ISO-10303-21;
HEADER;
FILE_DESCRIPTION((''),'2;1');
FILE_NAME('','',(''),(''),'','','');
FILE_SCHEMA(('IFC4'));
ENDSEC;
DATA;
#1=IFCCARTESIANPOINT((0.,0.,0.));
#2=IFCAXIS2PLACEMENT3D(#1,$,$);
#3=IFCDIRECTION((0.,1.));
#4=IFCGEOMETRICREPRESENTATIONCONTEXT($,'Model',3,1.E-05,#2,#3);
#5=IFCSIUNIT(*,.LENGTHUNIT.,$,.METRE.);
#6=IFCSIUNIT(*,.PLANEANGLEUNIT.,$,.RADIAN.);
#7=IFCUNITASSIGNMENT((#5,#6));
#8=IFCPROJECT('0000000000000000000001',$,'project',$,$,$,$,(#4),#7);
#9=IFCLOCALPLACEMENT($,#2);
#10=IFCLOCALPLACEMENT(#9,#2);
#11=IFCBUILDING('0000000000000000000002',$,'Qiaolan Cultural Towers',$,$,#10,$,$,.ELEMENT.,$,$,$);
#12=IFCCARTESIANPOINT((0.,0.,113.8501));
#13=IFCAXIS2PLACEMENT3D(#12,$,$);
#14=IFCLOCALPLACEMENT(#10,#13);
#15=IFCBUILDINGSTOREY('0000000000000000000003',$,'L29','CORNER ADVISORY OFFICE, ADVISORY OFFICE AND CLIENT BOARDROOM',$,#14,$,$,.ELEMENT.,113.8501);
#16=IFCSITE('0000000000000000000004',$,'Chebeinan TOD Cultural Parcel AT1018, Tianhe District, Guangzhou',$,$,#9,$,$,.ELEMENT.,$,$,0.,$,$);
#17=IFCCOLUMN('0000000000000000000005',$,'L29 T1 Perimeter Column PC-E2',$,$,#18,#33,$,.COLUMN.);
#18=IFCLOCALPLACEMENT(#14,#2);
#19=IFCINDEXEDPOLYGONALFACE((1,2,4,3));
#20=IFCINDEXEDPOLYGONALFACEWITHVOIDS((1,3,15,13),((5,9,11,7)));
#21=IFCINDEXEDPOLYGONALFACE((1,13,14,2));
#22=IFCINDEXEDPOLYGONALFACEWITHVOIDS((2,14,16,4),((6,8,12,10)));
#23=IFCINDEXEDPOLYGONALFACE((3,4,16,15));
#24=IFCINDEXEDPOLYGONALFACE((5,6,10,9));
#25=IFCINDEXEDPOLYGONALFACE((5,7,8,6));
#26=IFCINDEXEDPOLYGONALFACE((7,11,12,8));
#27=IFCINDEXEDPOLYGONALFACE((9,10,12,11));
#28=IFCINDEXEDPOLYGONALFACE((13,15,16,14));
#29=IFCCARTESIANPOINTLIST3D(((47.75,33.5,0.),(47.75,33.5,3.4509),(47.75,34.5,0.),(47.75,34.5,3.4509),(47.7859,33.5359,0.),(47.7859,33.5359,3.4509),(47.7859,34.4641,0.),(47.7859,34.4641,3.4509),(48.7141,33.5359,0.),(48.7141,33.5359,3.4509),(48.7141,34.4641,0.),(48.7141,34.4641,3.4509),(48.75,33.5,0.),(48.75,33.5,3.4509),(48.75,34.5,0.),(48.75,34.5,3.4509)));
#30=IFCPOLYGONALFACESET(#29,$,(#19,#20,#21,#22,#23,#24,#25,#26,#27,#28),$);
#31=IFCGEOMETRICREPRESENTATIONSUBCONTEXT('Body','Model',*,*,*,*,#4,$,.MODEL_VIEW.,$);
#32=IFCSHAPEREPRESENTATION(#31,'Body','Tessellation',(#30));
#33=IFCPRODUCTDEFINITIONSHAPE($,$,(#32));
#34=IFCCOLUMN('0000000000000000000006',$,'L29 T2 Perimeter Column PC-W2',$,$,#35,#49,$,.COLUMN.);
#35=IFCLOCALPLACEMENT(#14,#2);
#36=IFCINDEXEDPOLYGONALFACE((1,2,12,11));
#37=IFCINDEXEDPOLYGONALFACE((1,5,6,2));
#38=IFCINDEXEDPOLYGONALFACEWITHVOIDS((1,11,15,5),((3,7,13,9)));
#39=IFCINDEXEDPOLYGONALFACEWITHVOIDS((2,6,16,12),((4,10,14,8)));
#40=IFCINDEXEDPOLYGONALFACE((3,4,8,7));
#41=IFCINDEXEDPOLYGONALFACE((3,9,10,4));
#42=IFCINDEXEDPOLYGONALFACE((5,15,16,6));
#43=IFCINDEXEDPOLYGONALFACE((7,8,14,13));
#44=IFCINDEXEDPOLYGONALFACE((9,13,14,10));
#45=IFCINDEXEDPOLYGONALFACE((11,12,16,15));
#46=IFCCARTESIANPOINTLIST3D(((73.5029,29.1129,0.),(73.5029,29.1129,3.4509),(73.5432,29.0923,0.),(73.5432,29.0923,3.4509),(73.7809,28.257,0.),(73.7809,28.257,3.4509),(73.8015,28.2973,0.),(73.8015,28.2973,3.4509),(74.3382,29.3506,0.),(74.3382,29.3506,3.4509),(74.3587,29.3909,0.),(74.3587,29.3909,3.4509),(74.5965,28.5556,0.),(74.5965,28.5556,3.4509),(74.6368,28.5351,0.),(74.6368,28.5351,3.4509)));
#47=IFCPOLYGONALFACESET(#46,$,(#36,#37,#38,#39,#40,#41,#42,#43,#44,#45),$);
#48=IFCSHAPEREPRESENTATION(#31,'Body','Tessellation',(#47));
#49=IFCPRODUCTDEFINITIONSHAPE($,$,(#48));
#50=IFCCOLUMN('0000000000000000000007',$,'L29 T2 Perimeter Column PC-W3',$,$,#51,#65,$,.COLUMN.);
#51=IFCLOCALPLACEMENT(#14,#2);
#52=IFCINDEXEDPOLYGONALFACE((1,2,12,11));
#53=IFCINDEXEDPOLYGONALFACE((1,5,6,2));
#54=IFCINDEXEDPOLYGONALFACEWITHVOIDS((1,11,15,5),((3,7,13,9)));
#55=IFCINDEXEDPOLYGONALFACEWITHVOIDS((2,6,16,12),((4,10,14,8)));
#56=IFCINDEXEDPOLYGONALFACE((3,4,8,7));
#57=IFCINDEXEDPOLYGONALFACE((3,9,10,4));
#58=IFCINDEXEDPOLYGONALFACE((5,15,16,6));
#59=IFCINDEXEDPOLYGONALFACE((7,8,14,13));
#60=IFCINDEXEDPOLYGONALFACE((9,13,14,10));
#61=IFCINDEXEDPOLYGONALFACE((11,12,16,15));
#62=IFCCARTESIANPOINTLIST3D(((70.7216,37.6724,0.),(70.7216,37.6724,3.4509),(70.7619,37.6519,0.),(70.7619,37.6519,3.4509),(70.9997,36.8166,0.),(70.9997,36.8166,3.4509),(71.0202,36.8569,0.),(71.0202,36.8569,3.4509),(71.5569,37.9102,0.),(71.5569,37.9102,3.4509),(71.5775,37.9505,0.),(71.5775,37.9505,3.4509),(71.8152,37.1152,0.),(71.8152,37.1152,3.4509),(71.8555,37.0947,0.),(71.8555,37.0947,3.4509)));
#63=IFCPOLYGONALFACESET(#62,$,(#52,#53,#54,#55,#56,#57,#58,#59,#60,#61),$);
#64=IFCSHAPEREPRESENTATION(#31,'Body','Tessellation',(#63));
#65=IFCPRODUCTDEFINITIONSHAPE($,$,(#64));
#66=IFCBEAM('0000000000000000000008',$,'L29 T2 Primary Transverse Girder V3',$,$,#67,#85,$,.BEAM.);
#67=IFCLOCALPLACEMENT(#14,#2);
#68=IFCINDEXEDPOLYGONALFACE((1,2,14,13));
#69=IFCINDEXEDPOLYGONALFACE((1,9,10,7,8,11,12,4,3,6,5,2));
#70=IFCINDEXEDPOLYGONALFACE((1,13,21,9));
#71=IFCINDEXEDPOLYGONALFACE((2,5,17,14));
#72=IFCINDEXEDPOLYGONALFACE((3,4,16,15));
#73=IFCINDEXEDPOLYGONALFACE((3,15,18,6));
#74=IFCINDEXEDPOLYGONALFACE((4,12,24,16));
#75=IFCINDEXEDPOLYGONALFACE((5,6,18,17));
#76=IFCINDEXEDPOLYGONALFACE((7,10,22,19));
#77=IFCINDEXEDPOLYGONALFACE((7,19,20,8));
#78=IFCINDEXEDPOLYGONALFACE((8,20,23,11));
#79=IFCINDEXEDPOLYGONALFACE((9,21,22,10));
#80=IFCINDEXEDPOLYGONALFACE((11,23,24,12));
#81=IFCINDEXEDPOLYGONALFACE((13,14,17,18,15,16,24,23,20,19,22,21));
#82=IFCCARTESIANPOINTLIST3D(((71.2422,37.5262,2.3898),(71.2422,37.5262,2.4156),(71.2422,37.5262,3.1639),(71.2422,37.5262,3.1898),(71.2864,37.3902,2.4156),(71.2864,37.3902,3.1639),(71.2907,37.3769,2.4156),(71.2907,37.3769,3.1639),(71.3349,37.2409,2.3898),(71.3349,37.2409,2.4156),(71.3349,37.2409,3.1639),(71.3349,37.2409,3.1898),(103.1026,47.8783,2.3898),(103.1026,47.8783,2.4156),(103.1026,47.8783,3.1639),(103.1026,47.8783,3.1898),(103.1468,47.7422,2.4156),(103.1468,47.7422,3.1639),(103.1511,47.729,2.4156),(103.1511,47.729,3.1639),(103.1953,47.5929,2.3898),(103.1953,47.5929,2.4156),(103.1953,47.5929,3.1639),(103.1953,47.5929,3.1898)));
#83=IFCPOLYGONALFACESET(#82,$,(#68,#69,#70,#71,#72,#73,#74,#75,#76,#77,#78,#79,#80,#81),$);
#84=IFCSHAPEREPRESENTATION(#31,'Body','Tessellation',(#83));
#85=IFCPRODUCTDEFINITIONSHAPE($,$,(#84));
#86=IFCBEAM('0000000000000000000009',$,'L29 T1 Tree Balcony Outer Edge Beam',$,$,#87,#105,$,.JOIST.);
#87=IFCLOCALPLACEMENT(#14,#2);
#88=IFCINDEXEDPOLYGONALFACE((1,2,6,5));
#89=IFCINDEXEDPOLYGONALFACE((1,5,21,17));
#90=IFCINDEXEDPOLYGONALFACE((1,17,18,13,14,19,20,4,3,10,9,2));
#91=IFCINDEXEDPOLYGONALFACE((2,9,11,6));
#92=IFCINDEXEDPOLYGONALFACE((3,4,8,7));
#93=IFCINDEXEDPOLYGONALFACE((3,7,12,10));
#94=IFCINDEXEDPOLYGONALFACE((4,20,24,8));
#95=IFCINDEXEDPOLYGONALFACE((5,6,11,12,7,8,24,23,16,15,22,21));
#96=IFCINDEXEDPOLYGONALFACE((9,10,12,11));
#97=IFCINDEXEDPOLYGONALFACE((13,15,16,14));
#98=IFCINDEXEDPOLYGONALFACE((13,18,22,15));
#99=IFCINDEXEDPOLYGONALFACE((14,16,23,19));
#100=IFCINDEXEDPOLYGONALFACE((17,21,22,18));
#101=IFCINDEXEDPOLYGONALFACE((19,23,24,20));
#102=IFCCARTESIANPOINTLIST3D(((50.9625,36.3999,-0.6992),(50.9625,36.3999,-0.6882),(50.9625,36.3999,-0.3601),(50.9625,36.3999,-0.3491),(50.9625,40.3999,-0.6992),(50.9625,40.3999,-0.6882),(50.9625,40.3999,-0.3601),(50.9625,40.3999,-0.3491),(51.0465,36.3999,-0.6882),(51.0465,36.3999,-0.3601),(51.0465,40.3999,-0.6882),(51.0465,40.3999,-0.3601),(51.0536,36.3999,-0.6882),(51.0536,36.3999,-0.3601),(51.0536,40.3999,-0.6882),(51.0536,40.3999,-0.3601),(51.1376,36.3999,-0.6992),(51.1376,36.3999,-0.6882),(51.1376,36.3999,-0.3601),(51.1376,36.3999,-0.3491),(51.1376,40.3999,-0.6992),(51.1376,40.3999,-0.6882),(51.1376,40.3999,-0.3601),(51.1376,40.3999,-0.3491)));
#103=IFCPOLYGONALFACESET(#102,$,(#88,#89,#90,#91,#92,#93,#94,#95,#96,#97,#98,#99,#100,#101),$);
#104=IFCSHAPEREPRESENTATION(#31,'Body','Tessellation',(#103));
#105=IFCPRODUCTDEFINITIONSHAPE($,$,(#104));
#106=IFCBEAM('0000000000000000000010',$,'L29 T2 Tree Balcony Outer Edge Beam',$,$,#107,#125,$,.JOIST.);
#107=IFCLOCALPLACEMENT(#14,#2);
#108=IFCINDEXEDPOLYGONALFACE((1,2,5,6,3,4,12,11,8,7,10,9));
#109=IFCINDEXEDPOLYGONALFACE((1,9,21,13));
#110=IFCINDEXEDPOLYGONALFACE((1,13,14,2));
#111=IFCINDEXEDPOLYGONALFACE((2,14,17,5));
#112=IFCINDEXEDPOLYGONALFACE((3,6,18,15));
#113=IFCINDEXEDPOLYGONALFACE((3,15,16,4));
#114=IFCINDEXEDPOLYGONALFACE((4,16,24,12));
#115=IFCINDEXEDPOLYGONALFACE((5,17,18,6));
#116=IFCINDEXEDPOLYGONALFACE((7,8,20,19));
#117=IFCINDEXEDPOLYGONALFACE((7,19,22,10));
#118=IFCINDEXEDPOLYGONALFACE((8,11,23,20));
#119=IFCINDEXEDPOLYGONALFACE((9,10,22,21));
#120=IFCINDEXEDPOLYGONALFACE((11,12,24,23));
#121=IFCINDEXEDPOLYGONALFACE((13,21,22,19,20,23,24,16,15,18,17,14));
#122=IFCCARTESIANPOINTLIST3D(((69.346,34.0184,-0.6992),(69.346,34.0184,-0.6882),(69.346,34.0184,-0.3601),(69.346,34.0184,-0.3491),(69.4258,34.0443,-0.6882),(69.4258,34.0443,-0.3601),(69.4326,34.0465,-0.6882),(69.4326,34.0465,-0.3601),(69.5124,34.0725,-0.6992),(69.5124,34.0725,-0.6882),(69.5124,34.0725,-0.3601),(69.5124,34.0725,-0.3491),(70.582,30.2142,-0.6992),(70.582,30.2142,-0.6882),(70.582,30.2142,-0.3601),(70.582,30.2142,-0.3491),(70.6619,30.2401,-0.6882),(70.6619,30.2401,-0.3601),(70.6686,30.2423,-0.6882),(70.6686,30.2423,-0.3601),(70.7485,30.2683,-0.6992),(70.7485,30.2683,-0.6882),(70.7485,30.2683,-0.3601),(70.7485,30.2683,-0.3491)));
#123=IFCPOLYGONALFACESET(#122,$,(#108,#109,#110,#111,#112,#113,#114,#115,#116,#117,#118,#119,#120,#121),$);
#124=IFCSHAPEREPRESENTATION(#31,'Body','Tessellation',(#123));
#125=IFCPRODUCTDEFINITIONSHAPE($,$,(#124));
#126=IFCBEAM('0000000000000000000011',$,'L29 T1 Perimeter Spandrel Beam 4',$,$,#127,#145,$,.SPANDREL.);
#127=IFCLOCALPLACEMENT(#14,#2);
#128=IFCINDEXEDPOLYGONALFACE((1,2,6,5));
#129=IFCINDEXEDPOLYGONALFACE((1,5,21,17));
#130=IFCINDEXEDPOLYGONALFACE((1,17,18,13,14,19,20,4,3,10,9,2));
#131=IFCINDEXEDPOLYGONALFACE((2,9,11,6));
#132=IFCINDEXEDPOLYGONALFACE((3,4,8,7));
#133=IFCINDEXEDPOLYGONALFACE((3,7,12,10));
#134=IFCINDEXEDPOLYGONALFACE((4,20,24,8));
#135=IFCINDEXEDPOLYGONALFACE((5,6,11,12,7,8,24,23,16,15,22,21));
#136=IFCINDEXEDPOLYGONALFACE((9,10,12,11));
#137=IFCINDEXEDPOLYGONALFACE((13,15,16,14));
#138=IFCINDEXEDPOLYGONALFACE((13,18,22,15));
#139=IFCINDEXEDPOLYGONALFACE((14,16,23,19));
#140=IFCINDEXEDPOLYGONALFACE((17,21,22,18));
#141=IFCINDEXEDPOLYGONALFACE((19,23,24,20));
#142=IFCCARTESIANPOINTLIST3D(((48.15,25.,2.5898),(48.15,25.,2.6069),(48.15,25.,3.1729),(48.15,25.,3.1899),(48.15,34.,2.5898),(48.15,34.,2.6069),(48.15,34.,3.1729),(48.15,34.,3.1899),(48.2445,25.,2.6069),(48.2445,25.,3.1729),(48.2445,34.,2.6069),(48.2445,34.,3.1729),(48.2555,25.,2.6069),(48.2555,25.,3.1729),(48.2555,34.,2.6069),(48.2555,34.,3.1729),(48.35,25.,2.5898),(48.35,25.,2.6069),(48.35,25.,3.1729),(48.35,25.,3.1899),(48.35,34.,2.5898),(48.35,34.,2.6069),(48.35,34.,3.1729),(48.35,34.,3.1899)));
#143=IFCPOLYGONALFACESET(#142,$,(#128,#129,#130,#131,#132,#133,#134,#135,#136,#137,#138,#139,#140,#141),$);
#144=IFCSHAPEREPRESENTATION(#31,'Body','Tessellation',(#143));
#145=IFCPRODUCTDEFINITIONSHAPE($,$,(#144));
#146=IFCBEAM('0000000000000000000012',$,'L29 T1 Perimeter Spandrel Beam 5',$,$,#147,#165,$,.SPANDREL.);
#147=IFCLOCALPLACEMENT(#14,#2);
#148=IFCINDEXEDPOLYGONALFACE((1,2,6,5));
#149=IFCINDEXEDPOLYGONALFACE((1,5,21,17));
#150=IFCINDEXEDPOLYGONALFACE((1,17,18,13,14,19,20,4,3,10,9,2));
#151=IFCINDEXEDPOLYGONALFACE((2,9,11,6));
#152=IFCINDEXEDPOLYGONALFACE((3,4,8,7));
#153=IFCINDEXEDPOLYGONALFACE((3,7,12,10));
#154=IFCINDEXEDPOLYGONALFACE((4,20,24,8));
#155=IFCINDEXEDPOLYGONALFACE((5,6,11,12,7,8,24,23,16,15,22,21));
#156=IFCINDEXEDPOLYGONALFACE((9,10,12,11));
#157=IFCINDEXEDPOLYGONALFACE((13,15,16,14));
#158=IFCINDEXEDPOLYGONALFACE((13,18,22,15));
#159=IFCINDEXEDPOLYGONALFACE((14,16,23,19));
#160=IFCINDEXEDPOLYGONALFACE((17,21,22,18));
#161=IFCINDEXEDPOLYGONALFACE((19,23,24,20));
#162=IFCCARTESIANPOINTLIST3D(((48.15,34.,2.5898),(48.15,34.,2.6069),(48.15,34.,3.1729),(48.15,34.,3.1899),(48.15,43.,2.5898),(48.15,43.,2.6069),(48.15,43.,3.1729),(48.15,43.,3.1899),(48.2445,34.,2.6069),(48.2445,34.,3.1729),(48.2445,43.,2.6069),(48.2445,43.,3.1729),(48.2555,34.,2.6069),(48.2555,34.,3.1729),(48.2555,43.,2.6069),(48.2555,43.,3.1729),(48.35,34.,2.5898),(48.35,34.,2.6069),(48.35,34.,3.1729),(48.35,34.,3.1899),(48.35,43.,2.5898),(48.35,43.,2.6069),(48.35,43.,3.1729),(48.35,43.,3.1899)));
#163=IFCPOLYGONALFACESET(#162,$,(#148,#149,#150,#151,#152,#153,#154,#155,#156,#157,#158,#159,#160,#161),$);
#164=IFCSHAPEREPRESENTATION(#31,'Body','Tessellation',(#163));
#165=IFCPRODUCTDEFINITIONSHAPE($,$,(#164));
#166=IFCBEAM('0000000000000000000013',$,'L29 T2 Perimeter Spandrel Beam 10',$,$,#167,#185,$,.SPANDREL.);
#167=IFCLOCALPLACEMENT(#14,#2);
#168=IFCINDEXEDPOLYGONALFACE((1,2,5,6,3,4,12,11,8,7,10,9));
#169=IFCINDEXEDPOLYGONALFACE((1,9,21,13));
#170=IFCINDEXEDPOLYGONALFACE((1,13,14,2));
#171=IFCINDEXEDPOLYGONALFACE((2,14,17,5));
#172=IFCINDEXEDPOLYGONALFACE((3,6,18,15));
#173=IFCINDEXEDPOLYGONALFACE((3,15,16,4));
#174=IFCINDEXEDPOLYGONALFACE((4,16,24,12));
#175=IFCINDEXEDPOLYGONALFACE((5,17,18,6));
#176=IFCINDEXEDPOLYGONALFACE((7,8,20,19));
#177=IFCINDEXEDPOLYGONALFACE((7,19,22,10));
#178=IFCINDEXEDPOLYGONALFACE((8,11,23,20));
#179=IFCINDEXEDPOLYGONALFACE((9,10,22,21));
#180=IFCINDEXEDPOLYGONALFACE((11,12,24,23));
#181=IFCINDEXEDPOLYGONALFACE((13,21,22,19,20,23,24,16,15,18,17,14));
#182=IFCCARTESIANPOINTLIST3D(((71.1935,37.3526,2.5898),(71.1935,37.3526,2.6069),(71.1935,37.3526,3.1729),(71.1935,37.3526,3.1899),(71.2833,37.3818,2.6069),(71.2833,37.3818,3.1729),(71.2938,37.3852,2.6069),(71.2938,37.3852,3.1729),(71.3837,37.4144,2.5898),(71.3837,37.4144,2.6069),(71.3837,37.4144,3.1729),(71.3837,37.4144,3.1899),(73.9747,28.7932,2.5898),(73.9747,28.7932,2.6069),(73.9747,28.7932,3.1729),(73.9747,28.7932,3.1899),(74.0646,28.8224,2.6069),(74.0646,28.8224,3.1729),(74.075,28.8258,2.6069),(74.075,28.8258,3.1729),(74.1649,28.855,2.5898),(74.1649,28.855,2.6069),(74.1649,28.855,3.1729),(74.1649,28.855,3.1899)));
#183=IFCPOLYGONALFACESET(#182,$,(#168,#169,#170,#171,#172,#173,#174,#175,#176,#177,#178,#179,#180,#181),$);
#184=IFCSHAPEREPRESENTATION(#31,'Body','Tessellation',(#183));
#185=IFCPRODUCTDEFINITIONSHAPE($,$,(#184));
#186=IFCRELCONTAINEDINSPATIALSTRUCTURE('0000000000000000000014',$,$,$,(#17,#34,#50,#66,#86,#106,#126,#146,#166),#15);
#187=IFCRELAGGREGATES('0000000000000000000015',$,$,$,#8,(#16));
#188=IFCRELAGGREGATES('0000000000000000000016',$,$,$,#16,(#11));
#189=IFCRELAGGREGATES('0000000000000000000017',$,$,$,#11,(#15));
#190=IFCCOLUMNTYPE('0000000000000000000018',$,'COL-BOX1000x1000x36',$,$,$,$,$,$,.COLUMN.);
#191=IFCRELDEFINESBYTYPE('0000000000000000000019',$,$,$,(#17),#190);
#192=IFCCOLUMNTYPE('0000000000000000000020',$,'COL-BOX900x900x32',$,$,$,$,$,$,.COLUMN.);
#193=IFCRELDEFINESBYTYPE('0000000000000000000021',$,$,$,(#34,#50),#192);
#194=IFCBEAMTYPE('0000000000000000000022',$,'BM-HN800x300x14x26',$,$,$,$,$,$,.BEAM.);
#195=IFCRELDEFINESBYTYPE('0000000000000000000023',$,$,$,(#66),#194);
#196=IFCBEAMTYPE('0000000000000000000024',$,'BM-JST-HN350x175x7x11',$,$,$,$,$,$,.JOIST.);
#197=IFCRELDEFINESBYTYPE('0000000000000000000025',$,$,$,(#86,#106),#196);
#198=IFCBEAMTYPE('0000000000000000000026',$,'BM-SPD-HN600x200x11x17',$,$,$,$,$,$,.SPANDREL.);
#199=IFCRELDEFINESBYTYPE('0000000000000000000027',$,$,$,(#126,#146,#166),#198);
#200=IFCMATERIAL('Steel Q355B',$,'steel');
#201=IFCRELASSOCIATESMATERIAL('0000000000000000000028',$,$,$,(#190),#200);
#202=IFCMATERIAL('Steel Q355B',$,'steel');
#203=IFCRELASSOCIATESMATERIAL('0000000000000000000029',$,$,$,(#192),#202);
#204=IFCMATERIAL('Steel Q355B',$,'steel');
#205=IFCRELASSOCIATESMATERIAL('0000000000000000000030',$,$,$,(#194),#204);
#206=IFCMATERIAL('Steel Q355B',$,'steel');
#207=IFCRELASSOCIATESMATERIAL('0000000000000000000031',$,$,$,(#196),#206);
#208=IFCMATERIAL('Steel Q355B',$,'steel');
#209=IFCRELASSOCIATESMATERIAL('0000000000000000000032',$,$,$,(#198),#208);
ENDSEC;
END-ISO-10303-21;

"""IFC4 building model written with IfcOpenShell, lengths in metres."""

from ifc_helpers import new_model, si_unit, direction, frame, origin, origin_2d, place, context, subcontext, project, spatial, hollow_rectangle, i_section, extrude, material, material_profile, profile_set, type_object, element, save


model = new_model("IFC4")

# Units and contexts
model_context = context("Model", 3, precision=1e-05, world=origin(), true_north=direction((0.0, 1.0)))
body_context = subcontext(model_context, "Body", "Model", "MODEL_VIEW")
ifc_project = project(units=[si_unit("LENGTHUNIT", "METRE"), si_unit("PLANEANGLEUNIT", "RADIAN")], contexts=[model_context])

# Site, building, storey
site_placement = place(None, origin())
site = spatial("IfcSite", under=ifc_project, at=site_placement, Name="Chebeinan TOD Cultural Parcel AT1018, Tianhe District, Guangzhou", CompositionType="ELEMENT", RefElevation=0.0)
building_placement = place(site_placement, origin())
building = spatial("IfcBuilding", under=site, at=building_placement, Name="Qiaolan Cultural Towers", CompositionType="ELEMENT")
storey_placement = place(building_placement, frame((0.0, 0.0, 113.8501)))
storey = spatial("IfcBuildingStorey", under=building, at=storey_placement, Name="L29", Description="CORNER ADVISORY OFFICE, ADVISORY OFFICE AND CLIENT BOARDROOM", CompositionType="ELEMENT", Elevation=113.8501)

# Columns
ifc_material_1 = material(Name="Steel Q355B", Category="steel")
ifc_material_profile_1 = material_profile(ifc_material_1, hollow_rectangle(XDim=1.0, YDim=1.0, WallThickness=0.0359, at=origin_2d()), Name="BOX1000x1000x36")
ifc_profile_set_1 = profile_set([ifc_material_profile_1], Name="Steel Q355B")
column_type_1 = type_object("IfcColumnType", Name="COL-BOX1000x1000x36", PredefinedType="COLUMN", material=ifc_profile_set_1)
column_placement = place(storey_placement, frame((48.25, 34.0, 0.0), z_axis=(0.0, 0.0, 1.0), x_axis=(1.0, 0.0, 0.0)))
element("IfcColumn", 1, at=column_placement, inside=storey, type_object=column_type_1, Name="L29 T1 Perimeter Column PC-E2", PredefinedType="COLUMN", context=body_context, shape_type="SweptSolid", body=[
    extrude(hollow_rectangle(XDim=1.0, YDim=1.0, WallThickness=0.0359, at=origin_2d()), origin(), (0.0, 0.0, 1.0), 3.4509),
])
ifc_material_2 = material(Name="Steel Q355B", Category="steel")
ifc_material_profile_2 = material_profile(ifc_material_2, hollow_rectangle(XDim=0.8999, YDim=0.8999, WallThickness=0.032, at=origin_2d()), Name="BOX900x900x32")
ifc_profile_set_2 = profile_set([ifc_material_profile_2], Name="Steel Q355B")
column_type_2 = type_object("IfcColumnType", Name="COL-BOX900x900x32", PredefinedType="COLUMN", material=ifc_profile_set_2)
for number, where, z_axis, x_axis, name in (
    (2, (74.0698, 28.824, 0.0), (0.0, 0.0, 1.0), (0.951057, 0.309017, 0.0), "L29 T2 Perimeter Column PC-W2"),
    (3, (71.2886, 37.3835, 0.0), (0.0, 0.0, 1.0), (0.951057, 0.309017, 0.0), "L29 T2 Perimeter Column PC-W3"),
):
    element("IfcColumn", number, at=place(storey_placement, frame(where, z_axis=z_axis, x_axis=x_axis)), inside=storey, type_object=column_type_2, Name=name, PredefinedType="COLUMN", context=body_context, shape_type="SweptSolid", body=[
        extrude(hollow_rectangle(XDim=0.8999, YDim=0.8999, WallThickness=0.032, at=origin_2d()), origin(), (0.0, 0.0, 1.0), 3.4509),
    ])

# Beams
ifc_material_3 = material(Name="Steel Q355B", Category="steel")
ifc_material_profile_3 = material_profile(ifc_material_3, i_section(OverallWidth=0.3, OverallDepth=0.8, WebThickness=0.0139, FlangeThickness=0.0259, at=origin_2d()), Name="HN800x300x14x26")
ifc_profile_set_3 = profile_set([ifc_material_profile_3], Name="Steel Q355B")
beam_type_1 = type_object("IfcBeamType", Name="BM-HN800x300x14x26", PredefinedType="BEAM", material=ifc_profile_set_3)
beam_placement = place(storey_placement, frame((71.2886, 37.3835, 2.7898), z_axis=(0.951057, 0.309017, 0.0), x_axis=(-0.309017, 0.951057, 0.0)))
element("IfcBeam", 4, at=beam_placement, inside=storey, type_object=beam_type_1, Name="L29 T2 Primary Transverse Girder V3", PredefinedType="BEAM", context=body_context, shape_type="SweptSolid", body=[
    extrude(i_section(OverallWidth=0.3, OverallDepth=0.8, WebThickness=0.0139, FlangeThickness=0.0259, at=origin_2d()), origin(), (0.0, 0.0, 1.0), 33.5),
])
ifc_material_4 = material(Name="Steel Q355B", Category="steel")
ifc_material_profile_4 = material_profile(ifc_material_4, i_section(OverallWidth=0.175, OverallDepth=0.3501, WebThickness=0.0071, FlangeThickness=0.011, at=origin_2d()), Name="HN350x175x7x11")
ifc_profile_set_4 = profile_set([ifc_material_profile_4], Name="Steel Q355B")
beam_type_2 = type_object("IfcBeamType", Name="BM-JST-HN350x175x7x11", PredefinedType="JOIST", material=ifc_profile_set_4)
for number, where, z_axis, x_axis, name in (
    (5, (51.05, 36.3999, -0.5242), (0.0, 1.0, 0.0), (-1.0, 0.0, 0.0), "L29 T1 Tree Balcony Outer Edge Beam"),
    (6, (70.6653, 30.2412, -0.5242), (-0.309023, 0.951055, 0.0), (-0.951055, -0.309023, 0.0), "L29 T2 Tree Balcony Outer Edge Beam"),
):
    element("IfcBeam", number, at=place(storey_placement, frame(where, z_axis=z_axis, x_axis=x_axis)), inside=storey, type_object=beam_type_2, Name=name, PredefinedType="JOIST", context=body_context, shape_type="SweptSolid", body=[
        extrude(i_section(OverallWidth=0.175, OverallDepth=0.3501, WebThickness=0.0071, FlangeThickness=0.011, at=origin_2d()), origin(), (0.0, 0.0, 1.0), 4.0),
    ])
ifc_material_5 = material(Name="Steel Q355B", Category="steel")
ifc_material_profile_5 = material_profile(ifc_material_5, i_section(OverallWidth=0.2, OverallDepth=0.6001, WebThickness=0.011, FlangeThickness=0.0171, at=origin_2d()), Name="HN600x200x11x17")
ifc_profile_set_5 = profile_set([ifc_material_profile_5], Name="Steel Q355B")
beam_type_3 = type_object("IfcBeamType", Name="BM-SPD-HN600x200x11x17", PredefinedType="SPANDREL", material=ifc_profile_set_5)
for number, where, z_axis, x_axis, name in (
    (7, (48.25, 25.0, 2.8899), (0.0, 1.0, 0.0), (-1.0, 0.0, 0.0), "L29 T1 Perimeter Spandrel Beam 4"),
    (8, (48.25, 34.0, 2.8899), (0.0, 1.0, 0.0), (-1.0, 0.0, 0.0), "L29 T1 Perimeter Spandrel Beam 5"),
    (9, (71.2886, 37.3835, 2.8899), (0.309025, -0.951054, 0.0), (0.951054, 0.309025, 0.0), "L29 T2 Perimeter Spandrel Beam 10"),
):
    element("IfcBeam", number, at=place(storey_placement, frame(where, z_axis=z_axis, x_axis=x_axis)), inside=storey, type_object=beam_type_3, Name=name, PredefinedType="SPANDREL", context=body_context, shape_type="SweptSolid", body=[
        extrude(i_section(OverallWidth=0.2, OverallDepth=0.6001, WebThickness=0.011, FlangeThickness=0.0171, at=origin_2d()), origin(), (0.0, 0.0, 1.0), 9.0),
    ])

save(model, "model.ifc")
